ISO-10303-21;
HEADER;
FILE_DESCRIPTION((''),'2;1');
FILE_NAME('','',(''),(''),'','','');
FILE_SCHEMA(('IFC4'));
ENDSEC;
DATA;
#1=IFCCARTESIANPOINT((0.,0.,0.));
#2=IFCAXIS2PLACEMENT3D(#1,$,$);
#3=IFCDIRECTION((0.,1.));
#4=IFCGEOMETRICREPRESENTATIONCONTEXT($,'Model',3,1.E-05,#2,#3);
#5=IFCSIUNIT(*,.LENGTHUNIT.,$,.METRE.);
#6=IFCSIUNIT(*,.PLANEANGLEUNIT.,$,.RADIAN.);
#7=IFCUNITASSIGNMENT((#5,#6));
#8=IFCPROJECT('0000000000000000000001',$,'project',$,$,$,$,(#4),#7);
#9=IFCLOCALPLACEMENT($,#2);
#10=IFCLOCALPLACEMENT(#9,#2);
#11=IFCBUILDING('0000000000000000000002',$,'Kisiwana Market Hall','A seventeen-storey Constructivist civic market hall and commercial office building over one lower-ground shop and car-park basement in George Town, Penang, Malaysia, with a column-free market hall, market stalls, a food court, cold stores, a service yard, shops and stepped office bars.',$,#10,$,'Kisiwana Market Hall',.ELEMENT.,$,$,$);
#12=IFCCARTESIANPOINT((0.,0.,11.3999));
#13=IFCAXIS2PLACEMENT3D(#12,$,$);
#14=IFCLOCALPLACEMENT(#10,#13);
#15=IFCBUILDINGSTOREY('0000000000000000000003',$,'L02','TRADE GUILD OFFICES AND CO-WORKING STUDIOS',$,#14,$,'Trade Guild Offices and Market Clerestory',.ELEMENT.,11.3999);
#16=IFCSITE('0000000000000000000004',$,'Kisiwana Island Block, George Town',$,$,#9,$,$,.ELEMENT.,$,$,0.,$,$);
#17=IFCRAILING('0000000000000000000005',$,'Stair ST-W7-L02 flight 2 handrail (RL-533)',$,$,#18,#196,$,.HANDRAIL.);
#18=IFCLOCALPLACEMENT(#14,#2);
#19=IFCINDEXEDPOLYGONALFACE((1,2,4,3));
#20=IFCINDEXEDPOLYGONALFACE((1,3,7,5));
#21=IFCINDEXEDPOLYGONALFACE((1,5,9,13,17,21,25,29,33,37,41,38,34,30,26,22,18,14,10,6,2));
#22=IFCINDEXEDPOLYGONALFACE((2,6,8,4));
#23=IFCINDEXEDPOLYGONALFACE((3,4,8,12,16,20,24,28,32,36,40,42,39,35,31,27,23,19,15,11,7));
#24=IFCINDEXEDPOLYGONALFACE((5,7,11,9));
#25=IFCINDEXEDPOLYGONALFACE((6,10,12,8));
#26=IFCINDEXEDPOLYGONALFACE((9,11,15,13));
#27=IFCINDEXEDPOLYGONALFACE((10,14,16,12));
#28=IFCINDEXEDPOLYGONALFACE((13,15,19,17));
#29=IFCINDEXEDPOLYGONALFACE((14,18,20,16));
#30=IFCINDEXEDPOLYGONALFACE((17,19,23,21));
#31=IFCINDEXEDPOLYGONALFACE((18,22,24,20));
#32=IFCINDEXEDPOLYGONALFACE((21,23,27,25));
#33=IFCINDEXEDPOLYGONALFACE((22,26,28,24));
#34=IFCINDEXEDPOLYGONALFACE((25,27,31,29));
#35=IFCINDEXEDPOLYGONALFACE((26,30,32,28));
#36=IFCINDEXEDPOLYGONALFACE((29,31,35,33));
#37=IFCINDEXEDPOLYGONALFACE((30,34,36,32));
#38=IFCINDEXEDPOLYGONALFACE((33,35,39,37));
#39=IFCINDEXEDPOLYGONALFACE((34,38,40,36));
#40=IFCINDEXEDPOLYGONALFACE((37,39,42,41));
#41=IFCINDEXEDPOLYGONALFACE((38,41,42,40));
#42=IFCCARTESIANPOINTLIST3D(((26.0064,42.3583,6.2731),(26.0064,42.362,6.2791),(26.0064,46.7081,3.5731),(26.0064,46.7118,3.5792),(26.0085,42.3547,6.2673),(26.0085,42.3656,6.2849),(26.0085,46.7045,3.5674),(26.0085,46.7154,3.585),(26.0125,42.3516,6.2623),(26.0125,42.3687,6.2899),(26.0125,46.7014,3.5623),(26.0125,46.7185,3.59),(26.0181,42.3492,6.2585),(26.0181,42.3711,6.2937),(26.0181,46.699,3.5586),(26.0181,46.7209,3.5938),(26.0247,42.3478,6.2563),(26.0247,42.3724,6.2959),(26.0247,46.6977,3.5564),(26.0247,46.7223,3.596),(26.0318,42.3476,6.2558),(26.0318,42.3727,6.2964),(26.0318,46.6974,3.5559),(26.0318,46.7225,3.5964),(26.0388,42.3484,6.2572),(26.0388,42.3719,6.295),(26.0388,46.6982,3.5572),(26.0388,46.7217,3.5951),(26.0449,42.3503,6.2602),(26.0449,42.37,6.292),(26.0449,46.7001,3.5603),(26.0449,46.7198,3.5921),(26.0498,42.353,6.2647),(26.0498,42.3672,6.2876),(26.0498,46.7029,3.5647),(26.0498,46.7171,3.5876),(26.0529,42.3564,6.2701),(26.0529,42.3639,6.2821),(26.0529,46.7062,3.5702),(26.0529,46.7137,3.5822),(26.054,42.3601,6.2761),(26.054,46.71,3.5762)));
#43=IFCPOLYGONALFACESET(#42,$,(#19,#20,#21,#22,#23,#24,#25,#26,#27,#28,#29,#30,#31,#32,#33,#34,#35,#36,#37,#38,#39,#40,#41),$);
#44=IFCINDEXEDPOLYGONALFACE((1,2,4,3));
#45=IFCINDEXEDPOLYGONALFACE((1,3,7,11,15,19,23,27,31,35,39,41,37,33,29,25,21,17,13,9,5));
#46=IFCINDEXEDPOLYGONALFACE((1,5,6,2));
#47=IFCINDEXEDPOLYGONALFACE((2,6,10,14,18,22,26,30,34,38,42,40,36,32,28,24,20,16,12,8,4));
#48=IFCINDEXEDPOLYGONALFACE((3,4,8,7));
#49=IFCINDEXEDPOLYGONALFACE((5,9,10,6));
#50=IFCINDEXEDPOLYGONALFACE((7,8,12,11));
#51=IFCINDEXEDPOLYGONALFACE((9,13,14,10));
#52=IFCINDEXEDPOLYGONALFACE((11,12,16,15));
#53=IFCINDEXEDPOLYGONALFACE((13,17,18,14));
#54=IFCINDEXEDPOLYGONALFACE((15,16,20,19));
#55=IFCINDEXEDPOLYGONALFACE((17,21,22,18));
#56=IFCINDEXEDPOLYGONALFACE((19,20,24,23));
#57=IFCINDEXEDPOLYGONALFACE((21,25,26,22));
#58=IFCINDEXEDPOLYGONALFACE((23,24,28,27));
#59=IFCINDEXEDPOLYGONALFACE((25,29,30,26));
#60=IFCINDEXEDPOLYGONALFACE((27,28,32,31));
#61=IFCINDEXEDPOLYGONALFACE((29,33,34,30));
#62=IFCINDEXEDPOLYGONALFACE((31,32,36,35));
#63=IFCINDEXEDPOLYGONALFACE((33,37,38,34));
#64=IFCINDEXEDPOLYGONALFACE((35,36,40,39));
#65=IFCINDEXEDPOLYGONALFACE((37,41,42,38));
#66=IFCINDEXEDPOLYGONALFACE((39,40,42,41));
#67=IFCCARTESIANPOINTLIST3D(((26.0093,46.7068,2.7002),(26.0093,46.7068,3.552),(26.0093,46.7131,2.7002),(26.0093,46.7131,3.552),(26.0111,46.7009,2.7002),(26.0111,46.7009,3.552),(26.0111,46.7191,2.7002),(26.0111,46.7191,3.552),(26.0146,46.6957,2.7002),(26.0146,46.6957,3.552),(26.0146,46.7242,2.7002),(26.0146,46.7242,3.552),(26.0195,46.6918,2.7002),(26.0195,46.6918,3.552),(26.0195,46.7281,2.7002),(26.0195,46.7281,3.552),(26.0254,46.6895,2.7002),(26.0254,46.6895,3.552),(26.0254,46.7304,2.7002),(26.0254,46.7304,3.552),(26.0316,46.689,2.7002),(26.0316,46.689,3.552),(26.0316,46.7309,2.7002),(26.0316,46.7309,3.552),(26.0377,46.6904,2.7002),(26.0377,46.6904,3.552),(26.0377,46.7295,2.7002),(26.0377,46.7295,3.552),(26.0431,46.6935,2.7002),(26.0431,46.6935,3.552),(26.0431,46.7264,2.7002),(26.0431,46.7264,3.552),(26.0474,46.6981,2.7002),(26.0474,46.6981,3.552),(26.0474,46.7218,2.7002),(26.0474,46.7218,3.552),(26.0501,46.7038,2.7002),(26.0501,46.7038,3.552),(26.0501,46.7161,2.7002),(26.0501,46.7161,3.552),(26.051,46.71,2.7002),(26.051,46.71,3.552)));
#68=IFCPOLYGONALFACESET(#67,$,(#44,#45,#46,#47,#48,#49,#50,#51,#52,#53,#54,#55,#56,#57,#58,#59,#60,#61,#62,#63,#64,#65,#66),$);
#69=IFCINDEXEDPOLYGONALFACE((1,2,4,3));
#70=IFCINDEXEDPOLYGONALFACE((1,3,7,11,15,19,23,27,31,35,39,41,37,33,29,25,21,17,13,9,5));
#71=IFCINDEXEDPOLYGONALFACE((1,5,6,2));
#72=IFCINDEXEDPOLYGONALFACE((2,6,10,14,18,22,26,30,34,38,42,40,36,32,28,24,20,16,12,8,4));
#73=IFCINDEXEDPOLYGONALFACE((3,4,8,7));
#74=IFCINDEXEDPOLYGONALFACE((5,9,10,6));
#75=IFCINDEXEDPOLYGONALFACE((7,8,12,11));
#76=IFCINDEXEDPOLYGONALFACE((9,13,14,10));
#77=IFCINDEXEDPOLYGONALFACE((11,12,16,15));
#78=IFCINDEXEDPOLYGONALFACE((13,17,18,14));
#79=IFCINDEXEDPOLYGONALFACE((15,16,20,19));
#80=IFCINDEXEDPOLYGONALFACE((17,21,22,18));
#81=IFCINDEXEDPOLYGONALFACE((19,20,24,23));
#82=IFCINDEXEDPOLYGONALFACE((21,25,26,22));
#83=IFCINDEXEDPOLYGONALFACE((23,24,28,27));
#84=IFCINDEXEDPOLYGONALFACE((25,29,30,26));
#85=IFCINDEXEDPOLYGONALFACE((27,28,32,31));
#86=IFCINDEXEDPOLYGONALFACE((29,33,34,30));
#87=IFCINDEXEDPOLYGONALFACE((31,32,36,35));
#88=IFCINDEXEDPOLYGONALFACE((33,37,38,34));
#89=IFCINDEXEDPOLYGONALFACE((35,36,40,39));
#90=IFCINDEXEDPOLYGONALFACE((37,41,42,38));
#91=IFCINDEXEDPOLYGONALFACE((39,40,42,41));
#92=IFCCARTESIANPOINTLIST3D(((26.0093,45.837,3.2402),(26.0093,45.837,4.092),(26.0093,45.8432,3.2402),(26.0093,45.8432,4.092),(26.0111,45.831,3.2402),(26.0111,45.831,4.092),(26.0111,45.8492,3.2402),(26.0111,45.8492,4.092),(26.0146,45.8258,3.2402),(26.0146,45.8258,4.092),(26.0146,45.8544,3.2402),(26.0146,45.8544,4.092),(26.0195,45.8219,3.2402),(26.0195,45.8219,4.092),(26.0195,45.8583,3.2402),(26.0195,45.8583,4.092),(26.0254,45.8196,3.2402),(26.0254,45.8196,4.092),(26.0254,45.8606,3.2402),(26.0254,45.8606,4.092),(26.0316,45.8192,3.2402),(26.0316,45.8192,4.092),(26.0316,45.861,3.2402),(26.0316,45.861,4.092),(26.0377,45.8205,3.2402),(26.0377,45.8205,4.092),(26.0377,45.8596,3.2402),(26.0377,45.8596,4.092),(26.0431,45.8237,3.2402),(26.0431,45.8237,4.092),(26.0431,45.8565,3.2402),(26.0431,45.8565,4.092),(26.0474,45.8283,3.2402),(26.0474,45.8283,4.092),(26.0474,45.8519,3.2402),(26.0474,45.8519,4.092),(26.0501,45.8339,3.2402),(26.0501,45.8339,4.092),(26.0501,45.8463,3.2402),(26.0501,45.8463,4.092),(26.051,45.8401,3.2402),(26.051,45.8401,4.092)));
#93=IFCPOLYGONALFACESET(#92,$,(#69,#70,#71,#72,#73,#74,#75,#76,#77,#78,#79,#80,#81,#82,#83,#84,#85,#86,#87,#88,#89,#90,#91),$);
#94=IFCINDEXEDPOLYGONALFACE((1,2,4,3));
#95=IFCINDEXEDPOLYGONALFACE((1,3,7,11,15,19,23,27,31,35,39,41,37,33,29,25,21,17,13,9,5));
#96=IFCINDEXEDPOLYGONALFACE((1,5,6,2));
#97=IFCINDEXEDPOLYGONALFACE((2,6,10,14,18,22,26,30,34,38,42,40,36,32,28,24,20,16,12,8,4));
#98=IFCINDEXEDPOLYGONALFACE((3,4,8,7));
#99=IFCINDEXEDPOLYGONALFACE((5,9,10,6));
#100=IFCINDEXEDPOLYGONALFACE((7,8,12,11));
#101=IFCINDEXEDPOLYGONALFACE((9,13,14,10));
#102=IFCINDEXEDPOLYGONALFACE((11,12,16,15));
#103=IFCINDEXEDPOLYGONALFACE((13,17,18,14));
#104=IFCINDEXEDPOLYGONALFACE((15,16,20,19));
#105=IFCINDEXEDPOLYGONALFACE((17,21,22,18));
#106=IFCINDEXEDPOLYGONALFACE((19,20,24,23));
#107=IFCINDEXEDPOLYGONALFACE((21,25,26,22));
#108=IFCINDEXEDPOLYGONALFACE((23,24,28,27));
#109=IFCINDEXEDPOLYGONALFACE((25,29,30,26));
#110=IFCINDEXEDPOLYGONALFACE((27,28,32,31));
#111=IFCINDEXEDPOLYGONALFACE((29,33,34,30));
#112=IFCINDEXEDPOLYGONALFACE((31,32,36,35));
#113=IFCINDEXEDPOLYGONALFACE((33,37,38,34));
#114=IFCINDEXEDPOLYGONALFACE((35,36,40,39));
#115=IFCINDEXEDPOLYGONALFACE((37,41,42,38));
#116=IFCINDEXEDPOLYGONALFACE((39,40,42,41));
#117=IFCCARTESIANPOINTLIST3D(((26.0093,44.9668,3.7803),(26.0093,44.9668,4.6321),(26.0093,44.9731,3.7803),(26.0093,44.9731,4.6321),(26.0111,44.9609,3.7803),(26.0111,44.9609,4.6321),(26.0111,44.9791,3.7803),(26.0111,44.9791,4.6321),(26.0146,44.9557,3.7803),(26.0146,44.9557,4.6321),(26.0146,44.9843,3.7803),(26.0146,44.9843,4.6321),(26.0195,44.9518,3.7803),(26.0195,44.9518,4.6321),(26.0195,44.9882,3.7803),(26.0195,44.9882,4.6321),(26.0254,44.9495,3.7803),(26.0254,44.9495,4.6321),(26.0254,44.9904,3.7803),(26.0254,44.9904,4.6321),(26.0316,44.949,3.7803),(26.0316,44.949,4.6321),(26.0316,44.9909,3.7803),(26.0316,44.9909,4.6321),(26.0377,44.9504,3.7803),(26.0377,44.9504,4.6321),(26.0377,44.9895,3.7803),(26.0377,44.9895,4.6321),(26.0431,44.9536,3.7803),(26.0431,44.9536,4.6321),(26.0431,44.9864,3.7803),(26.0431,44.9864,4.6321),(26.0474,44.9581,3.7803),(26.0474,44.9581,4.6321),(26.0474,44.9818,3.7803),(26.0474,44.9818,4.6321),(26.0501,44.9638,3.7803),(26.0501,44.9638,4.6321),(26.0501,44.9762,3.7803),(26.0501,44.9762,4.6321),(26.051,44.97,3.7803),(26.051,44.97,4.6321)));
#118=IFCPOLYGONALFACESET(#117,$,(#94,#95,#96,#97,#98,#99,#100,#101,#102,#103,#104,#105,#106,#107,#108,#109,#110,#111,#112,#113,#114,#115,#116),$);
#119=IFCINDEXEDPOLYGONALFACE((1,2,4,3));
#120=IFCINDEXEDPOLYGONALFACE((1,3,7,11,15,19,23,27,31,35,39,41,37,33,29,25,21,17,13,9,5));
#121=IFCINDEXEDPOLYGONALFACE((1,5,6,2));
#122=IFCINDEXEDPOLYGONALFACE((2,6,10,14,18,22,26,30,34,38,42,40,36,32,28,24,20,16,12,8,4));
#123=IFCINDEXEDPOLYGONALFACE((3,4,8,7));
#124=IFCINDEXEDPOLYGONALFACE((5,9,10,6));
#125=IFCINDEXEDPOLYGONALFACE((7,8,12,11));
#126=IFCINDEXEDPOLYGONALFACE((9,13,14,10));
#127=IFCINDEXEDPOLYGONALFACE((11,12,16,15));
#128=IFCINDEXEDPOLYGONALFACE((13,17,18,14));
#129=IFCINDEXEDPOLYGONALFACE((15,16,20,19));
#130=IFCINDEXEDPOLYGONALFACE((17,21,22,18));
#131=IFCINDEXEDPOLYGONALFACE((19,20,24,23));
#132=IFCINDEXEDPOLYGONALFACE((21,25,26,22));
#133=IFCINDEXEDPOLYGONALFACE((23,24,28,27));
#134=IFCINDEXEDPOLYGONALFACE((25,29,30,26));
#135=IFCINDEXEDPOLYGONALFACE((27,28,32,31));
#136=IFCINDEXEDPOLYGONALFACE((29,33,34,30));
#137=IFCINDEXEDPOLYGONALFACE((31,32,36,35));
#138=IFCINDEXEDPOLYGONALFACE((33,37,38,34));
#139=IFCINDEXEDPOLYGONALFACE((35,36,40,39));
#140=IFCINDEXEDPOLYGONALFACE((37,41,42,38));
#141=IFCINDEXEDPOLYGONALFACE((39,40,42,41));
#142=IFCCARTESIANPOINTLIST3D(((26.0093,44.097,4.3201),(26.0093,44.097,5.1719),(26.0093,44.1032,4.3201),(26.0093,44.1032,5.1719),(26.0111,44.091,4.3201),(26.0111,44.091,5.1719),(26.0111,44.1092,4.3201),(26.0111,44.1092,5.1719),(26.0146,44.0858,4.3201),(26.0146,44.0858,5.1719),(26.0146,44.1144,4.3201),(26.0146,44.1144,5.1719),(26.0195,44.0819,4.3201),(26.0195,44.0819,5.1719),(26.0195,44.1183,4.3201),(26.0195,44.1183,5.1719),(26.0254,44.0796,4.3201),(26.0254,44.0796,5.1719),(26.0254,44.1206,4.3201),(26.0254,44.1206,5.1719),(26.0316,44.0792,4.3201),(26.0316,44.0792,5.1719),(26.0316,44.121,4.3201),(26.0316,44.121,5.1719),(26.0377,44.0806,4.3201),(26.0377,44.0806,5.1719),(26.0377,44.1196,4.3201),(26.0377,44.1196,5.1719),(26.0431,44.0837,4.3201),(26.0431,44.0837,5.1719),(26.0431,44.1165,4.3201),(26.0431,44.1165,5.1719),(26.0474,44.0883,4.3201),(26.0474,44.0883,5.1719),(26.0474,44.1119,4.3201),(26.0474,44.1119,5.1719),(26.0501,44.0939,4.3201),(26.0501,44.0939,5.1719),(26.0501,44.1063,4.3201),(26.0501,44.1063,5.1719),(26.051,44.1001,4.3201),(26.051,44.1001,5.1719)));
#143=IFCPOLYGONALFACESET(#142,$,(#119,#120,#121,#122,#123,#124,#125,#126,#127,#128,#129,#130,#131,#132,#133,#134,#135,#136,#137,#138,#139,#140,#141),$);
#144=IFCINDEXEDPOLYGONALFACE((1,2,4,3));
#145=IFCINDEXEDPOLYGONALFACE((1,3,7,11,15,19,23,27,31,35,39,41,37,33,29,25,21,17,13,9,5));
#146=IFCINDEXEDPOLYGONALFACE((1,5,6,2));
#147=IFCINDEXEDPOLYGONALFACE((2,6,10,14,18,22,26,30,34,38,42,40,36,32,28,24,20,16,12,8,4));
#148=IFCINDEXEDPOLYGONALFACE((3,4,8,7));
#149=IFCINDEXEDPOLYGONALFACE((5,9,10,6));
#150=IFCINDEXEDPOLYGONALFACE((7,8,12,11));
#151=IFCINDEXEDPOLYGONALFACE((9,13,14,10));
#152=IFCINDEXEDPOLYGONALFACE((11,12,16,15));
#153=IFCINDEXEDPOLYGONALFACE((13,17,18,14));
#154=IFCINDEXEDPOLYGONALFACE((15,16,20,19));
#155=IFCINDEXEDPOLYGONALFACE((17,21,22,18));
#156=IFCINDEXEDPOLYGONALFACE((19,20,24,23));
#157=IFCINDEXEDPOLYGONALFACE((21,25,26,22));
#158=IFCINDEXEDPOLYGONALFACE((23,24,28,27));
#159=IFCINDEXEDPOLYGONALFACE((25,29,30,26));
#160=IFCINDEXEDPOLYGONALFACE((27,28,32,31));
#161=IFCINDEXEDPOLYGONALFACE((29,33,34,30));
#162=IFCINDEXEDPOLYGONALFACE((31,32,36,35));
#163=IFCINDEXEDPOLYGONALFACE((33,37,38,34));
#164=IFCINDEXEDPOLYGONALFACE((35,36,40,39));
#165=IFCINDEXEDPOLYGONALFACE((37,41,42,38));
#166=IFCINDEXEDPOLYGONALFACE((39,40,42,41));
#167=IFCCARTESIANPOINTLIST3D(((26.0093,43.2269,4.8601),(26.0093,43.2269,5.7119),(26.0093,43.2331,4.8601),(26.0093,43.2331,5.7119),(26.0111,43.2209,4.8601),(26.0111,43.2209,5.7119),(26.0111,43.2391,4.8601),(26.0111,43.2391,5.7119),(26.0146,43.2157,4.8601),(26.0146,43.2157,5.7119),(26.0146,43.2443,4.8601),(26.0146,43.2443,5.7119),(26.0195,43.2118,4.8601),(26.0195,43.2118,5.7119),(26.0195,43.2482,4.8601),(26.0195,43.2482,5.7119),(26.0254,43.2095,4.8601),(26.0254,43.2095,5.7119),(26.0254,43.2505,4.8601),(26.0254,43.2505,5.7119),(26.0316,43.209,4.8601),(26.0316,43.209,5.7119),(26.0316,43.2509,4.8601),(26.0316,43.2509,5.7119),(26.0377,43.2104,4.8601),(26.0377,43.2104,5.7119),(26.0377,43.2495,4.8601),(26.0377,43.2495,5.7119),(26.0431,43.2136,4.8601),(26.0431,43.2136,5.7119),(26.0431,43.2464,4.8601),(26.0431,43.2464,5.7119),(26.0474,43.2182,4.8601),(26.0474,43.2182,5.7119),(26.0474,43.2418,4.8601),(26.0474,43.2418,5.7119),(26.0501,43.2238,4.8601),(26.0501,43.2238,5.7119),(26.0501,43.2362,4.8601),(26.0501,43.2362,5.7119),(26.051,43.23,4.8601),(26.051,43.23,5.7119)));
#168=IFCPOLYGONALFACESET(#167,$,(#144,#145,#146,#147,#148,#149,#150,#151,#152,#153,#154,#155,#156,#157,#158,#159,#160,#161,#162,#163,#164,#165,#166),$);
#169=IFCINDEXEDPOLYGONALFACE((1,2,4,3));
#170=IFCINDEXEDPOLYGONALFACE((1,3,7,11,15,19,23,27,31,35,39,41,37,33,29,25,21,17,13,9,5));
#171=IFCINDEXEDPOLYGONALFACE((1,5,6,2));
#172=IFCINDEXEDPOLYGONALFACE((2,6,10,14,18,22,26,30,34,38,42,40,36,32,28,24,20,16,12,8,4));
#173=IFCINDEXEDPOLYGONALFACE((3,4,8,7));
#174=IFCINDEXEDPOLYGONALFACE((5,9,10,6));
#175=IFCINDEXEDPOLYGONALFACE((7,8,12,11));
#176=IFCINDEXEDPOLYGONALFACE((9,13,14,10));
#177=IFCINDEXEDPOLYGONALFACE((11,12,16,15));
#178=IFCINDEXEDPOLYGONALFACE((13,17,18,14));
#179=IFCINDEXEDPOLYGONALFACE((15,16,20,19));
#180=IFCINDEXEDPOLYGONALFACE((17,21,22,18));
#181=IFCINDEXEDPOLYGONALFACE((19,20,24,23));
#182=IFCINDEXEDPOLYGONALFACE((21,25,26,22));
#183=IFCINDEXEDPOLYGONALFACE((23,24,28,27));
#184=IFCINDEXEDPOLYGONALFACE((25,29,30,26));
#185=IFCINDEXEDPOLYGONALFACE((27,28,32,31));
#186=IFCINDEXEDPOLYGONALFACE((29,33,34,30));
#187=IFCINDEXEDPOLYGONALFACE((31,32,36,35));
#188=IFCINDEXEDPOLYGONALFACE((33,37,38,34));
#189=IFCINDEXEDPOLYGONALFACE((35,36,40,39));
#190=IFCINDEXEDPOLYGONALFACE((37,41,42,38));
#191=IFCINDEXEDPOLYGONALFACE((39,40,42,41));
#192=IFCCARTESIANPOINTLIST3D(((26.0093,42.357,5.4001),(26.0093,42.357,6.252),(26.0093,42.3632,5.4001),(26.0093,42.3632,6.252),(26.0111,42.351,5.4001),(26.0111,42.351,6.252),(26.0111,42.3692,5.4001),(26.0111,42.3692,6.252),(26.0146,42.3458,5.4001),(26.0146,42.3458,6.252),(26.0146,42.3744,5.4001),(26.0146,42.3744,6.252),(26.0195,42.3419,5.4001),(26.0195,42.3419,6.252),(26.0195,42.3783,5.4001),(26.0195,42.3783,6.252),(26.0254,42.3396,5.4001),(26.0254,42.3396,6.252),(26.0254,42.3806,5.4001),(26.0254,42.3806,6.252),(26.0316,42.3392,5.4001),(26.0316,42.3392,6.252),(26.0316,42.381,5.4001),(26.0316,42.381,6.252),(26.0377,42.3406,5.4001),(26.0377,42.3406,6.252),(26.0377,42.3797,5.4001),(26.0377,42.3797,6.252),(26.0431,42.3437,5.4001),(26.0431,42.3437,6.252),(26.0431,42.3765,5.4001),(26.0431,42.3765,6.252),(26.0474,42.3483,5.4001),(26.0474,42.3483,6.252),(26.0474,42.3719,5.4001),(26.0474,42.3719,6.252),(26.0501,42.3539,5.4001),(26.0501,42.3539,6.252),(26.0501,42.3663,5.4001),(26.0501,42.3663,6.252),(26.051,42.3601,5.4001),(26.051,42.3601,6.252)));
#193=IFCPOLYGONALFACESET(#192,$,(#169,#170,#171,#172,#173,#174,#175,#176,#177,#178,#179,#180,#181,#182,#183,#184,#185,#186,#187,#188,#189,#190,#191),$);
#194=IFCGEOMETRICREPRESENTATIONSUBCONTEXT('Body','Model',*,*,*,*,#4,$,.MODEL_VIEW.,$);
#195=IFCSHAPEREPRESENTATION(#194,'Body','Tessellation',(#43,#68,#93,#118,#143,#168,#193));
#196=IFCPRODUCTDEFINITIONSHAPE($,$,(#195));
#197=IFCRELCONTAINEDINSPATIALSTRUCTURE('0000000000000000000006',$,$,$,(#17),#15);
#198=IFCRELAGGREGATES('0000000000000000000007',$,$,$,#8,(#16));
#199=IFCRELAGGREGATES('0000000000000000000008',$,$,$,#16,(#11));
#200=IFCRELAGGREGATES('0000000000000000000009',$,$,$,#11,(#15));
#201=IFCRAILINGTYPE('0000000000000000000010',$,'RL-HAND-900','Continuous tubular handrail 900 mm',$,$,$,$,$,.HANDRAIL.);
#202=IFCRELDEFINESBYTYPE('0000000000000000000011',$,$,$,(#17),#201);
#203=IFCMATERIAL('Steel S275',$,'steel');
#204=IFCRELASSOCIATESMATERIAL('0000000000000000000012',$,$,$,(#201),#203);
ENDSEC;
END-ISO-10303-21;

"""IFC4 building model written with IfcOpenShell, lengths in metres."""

from ifc_helpers import new_model, si_unit, direction, frame, origin, origin_2d, place, context, subcontext, project, spatial, circle, extrude, material, type_object, element, save


model = new_model("IFC4")

# Units and contexts
model_context = context("Model", 3, precision=1e-05, world=origin(), true_north=direction((0.0, 1.0)))
body_context = subcontext(model_context, "Body", "Model", "MODEL_VIEW")
ifc_project = project(units=[si_unit("LENGTHUNIT", "METRE"), si_unit("PLANEANGLEUNIT", "RADIAN")], contexts=[model_context])

# Site, building, storey
site_placement = place(None, origin())
site = spatial("IfcSite", under=ifc_project, at=site_placement, Name="Kisiwana Island Block, George Town", CompositionType="ELEMENT", RefElevation=0.0)
building_placement = place(site_placement, origin())
building = spatial("IfcBuilding", under=site, at=building_placement, Name="Kisiwana Market Hall", Description="A seventeen-storey Constructivist civic market hall and commercial office building over one lower-ground shop and car-park basement in George Town, Penang, Malaysia, with a column-free market hall, market stalls, a food court, cold stores, a service yard, shops and stepped office bars.", LongName="Kisiwana Market Hall", CompositionType="ELEMENT")
storey_placement = place(building_placement, frame((0.0, 0.0, 11.3999)))
storey = spatial("IfcBuildingStorey", under=building, at=storey_placement, Name="L02", Description="TRADE GUILD OFFICES AND CO-WORKING STUDIOS", LongName="Trade Guild Offices and Market Clerestory", CompositionType="ELEMENT", Elevation=11.3999)

# Railing
ifc_material_1 = material(Name="Steel S275", Category="steel")
railing_type_1 = type_object("IfcRailingType", Name="RL-HAND-900", Description="Continuous tubular handrail 900 mm", PredefinedType="HANDRAIL", material=ifc_material_1)
for number, where, name in (
    (1, (26.03, 46.71, 2.7002), "Stair ST-W7-L02 flight 2 handrail (RL-533)"),
):
    element("IfcRailing", number, at=place(storey_placement, frame(where)), inside=storey, type_object=railing_type_1, Name=name, PredefinedType="HANDRAIL", context=body_context, shape_type="SweptSolid", body=[
        extrude(circle(Radius=0.0239, at=origin_2d()), frame((0.0, 0.0, 0.876), z_axis=(0.0, -0.849636, 0.527369), x_axis=(1.0, 0.0, 0.0)), (0.0, 0.0, 1.0), 5.1196),
        extrude(circle(Radius=0.021, at=origin_2d()), origin(), (0.0, 0.0, 1.0), 0.8518),
        extrude(circle(Radius=0.021, at=origin_2d()), frame((0.0, -0.8699, 0.54)), (0.0, 0.0, 1.0), 0.8518),
        extrude(circle(Radius=0.021, at=origin_2d()), frame((0.0, -1.74, 1.0801)), (0.0, 0.0, 1.0), 0.8518),
        extrude(circle(Radius=0.021, at=origin_2d()), frame((0.0, -2.6099, 1.6199)), (0.0, 0.0, 1.0), 0.8518),
        extrude(circle(Radius=0.021, at=origin_2d()), frame((0.0, -3.48, 2.1599)), (0.0, 0.0, 1.0), 0.8518),
        extrude(circle(Radius=0.021, at=origin_2d()), frame((0.0, -4.3499, 2.7)), (0.0, 0.0, 1.0), 0.8518),
    ])

save(model, "model.ifc")
